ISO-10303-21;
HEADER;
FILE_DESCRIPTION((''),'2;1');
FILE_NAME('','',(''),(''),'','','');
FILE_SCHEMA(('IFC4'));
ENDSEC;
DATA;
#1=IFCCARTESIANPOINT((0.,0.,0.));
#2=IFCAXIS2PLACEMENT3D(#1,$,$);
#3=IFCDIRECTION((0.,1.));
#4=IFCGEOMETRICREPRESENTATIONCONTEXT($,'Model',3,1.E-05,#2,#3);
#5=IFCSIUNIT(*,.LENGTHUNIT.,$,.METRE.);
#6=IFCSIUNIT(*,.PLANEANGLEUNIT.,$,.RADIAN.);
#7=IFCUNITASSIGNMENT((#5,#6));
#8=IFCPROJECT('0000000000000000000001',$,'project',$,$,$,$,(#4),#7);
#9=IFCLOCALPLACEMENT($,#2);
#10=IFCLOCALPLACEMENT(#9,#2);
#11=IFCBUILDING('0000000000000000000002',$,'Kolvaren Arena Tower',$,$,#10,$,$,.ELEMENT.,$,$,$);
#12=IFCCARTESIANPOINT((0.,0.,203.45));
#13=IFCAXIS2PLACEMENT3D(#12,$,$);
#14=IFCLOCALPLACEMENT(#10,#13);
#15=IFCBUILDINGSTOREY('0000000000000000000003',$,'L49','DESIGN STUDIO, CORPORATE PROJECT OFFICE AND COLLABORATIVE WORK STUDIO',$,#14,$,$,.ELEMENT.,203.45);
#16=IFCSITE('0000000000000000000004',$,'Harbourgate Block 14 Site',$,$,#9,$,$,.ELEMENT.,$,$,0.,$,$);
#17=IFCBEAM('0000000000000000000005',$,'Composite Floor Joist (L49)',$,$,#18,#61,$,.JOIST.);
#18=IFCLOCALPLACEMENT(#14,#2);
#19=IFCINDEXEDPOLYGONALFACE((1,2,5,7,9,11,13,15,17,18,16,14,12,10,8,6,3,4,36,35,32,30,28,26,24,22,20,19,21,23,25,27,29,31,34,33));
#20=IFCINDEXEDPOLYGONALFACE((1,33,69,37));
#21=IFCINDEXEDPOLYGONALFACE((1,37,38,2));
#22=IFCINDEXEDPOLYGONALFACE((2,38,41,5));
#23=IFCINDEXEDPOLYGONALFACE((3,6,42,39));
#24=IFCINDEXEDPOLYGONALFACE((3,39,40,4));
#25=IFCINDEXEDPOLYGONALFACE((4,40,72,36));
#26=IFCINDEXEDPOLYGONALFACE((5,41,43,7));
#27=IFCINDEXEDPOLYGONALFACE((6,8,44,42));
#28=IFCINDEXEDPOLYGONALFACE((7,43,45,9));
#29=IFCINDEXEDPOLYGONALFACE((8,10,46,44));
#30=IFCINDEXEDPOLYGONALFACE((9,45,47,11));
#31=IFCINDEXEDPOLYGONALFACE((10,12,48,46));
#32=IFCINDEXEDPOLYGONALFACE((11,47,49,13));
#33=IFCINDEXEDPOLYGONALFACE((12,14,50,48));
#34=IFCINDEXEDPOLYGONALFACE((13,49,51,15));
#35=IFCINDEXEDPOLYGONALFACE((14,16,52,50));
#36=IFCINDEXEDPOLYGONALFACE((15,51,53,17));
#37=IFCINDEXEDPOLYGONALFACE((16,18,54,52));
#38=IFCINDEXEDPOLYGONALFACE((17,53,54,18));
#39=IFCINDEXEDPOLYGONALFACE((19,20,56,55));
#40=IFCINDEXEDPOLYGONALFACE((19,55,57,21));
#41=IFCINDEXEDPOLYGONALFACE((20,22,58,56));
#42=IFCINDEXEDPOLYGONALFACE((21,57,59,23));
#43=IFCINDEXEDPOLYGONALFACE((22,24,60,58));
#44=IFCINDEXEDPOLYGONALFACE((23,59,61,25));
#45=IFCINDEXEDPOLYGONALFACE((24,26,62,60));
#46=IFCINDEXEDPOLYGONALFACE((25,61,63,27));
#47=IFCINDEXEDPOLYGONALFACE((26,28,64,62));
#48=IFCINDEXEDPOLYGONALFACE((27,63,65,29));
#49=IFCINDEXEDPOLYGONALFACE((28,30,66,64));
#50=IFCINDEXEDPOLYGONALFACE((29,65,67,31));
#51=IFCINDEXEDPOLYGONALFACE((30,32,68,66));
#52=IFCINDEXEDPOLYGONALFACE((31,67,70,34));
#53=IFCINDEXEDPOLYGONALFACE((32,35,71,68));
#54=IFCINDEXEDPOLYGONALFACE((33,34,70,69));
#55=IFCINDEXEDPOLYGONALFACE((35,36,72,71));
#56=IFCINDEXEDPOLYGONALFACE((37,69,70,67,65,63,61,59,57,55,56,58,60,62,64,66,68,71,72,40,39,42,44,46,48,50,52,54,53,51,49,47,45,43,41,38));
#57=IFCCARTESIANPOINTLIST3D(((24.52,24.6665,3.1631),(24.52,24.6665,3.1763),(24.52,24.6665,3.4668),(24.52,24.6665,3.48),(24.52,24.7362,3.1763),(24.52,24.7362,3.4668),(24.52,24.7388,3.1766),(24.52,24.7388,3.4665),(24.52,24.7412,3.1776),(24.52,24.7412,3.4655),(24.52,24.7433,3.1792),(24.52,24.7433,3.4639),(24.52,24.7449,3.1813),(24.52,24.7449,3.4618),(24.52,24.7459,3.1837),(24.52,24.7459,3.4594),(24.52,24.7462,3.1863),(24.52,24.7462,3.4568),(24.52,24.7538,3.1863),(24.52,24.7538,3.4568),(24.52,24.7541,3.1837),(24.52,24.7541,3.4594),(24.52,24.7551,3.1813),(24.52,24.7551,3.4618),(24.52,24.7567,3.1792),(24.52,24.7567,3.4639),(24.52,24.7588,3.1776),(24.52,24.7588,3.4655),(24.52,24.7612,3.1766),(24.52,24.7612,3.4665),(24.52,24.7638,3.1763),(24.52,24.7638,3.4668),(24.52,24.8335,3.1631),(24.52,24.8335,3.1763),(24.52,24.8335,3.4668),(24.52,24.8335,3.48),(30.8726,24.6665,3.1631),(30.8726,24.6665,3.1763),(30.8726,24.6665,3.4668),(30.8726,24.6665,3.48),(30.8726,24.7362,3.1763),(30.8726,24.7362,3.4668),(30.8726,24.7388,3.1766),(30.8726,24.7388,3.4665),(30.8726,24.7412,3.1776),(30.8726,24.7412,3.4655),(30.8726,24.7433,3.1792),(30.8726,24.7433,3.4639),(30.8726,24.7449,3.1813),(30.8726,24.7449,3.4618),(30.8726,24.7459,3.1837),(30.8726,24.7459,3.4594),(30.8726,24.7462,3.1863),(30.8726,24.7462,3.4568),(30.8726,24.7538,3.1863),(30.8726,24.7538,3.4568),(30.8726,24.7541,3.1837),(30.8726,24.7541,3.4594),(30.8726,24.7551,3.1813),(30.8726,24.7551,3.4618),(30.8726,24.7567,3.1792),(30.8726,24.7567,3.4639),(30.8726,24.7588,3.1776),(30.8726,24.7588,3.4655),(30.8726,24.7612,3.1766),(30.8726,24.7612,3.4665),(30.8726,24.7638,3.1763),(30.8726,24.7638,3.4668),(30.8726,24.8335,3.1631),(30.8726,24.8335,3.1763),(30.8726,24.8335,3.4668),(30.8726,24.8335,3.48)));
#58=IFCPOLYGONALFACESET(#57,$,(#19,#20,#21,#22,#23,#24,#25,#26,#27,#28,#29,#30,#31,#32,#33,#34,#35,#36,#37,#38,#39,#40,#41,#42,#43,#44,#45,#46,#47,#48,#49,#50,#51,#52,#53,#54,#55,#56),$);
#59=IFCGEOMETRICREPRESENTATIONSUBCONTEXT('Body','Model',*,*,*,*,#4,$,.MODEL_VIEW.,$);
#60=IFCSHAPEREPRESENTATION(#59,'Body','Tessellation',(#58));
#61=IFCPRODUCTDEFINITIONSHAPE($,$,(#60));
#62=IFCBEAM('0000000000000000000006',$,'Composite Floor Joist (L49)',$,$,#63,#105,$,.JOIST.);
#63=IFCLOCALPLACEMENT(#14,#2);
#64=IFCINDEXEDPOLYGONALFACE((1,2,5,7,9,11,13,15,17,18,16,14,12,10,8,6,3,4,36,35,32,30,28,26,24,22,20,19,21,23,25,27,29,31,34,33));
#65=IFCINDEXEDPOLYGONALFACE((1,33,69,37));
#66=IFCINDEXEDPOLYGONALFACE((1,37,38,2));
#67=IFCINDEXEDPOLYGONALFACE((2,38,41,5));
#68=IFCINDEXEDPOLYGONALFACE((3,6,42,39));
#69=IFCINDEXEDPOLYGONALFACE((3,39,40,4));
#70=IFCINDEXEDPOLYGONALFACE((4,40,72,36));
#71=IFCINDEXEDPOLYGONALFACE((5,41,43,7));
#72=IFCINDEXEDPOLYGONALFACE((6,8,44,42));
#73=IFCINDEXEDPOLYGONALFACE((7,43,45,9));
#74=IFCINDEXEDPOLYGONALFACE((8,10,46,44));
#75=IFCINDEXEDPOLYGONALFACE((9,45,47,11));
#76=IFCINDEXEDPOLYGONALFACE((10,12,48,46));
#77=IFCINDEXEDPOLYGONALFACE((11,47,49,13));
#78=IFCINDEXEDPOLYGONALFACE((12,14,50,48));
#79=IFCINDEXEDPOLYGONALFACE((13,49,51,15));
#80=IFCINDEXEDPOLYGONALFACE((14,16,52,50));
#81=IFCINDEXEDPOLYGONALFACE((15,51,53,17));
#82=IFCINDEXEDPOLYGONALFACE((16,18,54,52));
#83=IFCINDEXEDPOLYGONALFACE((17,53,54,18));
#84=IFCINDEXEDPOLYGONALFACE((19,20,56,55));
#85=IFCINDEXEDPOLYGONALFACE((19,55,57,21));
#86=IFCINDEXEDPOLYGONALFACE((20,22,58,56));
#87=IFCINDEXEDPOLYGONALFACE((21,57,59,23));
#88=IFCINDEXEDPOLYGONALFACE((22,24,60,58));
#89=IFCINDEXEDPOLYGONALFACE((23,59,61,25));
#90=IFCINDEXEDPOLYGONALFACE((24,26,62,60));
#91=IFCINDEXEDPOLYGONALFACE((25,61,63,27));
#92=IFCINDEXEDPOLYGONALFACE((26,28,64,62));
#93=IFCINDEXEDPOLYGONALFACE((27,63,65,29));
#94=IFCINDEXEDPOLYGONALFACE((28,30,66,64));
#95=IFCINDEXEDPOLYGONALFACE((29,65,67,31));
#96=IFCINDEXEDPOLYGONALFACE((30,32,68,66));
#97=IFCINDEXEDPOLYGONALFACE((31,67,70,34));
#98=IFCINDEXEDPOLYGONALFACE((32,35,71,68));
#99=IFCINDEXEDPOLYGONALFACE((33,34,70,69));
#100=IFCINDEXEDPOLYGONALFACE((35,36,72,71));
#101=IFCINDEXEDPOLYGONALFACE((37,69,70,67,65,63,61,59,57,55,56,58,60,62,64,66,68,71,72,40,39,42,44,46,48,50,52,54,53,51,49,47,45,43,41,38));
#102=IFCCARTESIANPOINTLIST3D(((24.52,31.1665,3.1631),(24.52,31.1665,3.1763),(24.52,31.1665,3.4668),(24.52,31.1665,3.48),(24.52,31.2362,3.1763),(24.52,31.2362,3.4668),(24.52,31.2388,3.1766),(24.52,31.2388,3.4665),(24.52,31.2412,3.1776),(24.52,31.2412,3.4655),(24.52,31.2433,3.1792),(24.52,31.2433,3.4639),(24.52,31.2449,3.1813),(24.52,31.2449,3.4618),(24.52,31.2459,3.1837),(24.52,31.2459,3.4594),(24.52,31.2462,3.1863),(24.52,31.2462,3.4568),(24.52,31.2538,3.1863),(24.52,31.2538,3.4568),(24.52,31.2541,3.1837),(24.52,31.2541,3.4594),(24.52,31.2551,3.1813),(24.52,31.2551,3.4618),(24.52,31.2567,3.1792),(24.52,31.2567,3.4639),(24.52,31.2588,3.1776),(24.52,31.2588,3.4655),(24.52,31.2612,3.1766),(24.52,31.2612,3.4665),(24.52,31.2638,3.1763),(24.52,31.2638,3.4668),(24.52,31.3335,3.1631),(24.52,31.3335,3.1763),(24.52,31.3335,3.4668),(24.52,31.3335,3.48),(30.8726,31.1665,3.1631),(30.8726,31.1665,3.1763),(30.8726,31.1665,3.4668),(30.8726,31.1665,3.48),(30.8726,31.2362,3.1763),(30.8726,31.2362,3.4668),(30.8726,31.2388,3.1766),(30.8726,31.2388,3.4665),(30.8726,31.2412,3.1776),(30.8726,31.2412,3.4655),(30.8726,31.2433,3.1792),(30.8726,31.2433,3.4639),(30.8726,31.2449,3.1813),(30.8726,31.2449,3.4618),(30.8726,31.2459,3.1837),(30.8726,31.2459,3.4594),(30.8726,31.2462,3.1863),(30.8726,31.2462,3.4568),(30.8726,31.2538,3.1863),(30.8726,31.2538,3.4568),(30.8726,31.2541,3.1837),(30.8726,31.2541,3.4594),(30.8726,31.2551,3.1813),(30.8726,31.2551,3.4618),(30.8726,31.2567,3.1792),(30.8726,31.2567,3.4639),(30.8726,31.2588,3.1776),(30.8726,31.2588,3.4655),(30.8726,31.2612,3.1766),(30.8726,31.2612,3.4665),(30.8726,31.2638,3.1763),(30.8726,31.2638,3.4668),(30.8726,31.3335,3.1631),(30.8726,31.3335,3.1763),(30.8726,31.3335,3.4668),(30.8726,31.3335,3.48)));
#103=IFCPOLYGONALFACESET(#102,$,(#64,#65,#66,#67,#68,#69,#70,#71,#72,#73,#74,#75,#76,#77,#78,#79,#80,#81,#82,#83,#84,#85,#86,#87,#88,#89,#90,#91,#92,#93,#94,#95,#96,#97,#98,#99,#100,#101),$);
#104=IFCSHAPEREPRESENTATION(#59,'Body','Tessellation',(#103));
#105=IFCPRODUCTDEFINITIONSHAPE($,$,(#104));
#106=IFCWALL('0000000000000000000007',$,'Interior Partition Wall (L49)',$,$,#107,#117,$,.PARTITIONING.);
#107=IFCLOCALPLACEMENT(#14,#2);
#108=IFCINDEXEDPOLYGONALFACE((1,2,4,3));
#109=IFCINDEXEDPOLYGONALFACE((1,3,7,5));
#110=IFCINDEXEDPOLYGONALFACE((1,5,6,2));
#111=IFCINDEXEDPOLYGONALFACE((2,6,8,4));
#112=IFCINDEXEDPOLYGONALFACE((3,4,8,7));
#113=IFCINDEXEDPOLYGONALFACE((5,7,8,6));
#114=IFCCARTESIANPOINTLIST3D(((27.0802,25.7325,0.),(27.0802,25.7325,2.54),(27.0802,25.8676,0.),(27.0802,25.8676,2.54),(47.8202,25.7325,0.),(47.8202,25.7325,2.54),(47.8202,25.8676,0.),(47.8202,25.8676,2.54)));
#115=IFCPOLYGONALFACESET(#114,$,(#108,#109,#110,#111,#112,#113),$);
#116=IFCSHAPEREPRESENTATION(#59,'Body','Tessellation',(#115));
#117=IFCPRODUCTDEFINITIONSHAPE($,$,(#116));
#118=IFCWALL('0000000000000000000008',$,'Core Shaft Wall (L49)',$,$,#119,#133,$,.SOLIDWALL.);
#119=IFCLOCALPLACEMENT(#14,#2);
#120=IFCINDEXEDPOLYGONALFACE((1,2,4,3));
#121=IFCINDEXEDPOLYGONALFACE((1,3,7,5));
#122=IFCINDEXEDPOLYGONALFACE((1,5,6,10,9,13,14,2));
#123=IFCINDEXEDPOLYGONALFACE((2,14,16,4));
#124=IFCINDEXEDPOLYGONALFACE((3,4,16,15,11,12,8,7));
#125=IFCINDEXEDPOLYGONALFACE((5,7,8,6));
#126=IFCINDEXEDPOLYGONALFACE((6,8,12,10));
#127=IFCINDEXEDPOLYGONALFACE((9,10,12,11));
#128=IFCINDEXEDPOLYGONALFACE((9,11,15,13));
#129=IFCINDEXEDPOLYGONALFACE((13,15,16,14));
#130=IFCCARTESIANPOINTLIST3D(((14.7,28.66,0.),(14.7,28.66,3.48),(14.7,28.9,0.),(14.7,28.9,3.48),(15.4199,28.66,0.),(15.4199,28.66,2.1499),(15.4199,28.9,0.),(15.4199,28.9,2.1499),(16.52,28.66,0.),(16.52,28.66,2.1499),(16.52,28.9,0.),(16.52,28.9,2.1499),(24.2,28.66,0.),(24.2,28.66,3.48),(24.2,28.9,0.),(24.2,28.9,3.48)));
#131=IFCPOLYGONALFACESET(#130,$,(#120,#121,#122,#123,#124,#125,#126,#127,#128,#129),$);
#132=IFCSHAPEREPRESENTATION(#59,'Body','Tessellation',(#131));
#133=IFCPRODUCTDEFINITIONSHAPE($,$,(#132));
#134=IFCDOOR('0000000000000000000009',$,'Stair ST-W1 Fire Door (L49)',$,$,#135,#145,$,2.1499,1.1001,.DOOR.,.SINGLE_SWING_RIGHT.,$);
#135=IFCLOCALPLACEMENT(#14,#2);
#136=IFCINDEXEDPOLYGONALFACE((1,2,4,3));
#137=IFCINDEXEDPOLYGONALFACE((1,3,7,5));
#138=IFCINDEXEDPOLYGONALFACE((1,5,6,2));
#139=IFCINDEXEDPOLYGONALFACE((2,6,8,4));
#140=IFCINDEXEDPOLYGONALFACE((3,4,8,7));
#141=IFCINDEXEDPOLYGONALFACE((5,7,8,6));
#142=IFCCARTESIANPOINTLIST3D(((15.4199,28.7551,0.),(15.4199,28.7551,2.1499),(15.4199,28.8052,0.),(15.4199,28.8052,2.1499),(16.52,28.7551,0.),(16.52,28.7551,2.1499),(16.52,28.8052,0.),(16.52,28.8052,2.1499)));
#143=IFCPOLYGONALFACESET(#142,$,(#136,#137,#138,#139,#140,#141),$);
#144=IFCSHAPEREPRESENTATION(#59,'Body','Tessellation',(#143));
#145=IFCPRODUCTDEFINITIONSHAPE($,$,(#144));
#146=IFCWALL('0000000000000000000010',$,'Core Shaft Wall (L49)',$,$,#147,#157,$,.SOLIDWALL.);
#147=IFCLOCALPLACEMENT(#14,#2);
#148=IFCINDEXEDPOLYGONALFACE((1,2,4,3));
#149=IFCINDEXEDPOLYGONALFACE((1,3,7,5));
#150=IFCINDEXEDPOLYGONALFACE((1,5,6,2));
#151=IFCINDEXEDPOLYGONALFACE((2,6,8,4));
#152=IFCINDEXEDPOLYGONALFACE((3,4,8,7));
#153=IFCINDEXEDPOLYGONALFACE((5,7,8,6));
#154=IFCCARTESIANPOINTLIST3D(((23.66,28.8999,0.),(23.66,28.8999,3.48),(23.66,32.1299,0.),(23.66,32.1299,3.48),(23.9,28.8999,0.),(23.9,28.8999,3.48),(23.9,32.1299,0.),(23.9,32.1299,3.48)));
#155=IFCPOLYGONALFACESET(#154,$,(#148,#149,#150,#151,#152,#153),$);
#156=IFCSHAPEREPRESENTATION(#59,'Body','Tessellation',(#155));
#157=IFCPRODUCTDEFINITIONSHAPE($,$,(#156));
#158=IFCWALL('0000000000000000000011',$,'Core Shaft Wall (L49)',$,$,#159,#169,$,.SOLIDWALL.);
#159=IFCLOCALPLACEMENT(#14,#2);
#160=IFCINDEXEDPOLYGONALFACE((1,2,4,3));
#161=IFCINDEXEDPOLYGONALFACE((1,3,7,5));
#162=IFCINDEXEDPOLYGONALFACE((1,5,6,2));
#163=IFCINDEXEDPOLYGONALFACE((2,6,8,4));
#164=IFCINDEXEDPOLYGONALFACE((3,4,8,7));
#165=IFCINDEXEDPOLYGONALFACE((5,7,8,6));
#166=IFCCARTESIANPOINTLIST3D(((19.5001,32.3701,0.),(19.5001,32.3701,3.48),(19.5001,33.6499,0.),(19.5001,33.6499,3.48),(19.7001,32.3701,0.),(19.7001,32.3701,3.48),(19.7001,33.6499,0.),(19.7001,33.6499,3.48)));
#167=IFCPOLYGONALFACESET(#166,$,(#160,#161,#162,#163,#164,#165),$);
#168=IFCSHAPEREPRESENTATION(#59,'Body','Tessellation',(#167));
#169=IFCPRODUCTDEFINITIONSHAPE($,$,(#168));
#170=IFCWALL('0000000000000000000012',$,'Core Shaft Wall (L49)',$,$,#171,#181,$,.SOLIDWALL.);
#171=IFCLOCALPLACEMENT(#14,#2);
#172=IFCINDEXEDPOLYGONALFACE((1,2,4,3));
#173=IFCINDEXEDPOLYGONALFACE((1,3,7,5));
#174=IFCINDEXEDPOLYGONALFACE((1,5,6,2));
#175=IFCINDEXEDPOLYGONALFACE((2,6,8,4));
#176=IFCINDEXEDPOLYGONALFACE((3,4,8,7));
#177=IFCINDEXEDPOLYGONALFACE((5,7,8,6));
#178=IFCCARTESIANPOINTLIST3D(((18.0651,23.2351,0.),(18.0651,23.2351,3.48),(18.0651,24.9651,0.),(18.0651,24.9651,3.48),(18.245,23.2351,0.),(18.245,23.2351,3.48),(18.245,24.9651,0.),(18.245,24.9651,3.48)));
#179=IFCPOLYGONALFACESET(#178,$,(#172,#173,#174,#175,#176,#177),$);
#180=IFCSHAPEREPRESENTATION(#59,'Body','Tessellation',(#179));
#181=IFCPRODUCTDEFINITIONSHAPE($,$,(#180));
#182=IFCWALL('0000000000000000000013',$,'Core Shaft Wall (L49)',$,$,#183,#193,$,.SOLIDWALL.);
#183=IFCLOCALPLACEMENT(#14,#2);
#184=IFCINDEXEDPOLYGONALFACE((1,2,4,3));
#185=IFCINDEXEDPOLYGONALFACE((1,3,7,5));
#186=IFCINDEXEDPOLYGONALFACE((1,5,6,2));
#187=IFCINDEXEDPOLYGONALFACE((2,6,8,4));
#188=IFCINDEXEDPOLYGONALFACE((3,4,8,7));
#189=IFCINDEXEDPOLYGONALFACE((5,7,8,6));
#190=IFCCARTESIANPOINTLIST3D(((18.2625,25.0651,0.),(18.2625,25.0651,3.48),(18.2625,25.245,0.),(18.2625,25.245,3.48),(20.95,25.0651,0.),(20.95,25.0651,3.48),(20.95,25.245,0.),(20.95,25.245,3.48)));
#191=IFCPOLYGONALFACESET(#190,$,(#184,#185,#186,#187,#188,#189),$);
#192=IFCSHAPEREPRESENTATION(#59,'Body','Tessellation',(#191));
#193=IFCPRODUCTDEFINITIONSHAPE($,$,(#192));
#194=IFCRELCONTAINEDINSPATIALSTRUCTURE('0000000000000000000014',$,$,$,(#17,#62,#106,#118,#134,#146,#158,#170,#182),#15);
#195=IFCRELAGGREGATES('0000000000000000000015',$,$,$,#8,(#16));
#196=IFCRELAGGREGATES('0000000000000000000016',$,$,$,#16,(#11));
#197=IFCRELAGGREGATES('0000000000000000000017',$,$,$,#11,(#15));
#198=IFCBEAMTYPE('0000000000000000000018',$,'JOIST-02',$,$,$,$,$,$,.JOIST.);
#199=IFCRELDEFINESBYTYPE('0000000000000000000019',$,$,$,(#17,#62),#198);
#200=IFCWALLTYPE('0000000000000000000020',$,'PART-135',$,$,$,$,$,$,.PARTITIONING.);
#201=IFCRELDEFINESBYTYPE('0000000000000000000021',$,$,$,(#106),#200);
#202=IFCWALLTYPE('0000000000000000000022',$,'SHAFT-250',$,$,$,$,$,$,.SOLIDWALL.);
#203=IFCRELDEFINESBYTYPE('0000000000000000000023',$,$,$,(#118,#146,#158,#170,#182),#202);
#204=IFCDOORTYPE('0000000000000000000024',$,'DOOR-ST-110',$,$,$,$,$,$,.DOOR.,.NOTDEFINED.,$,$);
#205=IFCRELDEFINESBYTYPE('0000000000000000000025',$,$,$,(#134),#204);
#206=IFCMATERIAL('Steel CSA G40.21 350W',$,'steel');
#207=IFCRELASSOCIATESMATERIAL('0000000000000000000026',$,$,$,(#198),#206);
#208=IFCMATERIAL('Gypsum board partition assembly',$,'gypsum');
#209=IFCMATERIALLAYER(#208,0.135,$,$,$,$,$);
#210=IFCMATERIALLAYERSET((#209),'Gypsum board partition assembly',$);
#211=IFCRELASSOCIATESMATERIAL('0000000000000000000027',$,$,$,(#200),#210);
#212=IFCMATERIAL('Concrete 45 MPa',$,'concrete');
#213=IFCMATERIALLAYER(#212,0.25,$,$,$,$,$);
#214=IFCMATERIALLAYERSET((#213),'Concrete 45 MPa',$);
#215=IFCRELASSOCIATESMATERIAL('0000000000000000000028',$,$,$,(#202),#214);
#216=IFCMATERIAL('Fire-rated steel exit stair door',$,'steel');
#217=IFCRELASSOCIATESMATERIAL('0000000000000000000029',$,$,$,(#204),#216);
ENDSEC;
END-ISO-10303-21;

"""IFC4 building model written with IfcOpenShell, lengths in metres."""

from ifc_helpers import new_model, si_unit, direction, frame, frame_2d, origin, origin_2d, place, context, subcontext, project, spatial, rectangle, i_section, extrude, material, layer, layer_set, material_profile, profile_set, type_object, element, fill, save


model = new_model("IFC4")

# Units and contexts
model_context = context("Model", 3, precision=1e-05, world=origin(), true_north=direction((0.0, 1.0)))
body_context = subcontext(model_context, "Body", "Model", "MODEL_VIEW")
ifc_project = project(units=[si_unit("LENGTHUNIT", "METRE"), si_unit("PLANEANGLEUNIT", "RADIAN")], contexts=[model_context])

# Site, building, storey
site_placement = place(None, origin())
site = spatial("IfcSite", under=ifc_project, at=site_placement, Name="Harbourgate Block 14 Site", CompositionType="ELEMENT", RefElevation=0.0)
building_placement = place(site_placement, origin())
building = spatial("IfcBuilding", under=site, at=building_placement, Name="Kolvaren Arena Tower", CompositionType="ELEMENT")
storey_placement = place(building_placement, frame((0.0, 0.0, 203.45)))
storey = spatial("IfcBuildingStorey", under=building, at=storey_placement, Name="L49", Description="DESIGN STUDIO, CORPORATE PROJECT OFFICE AND COLLABORATIVE WORK STUDIO", CompositionType="ELEMENT", Elevation=203.45)

# Beams
ifc_material_1 = material(Name="Steel CSA G40.21 350W", Category="steel")
ifc_material_profile_1 = material_profile(ifc_material_1, i_section(OverallWidth=0.167, OverallDepth=0.3169, WebThickness=0.0076, FlangeThickness=0.0132, FilletRadius=0.01, at=origin_2d()), Name="W310x52")
ifc_profile_set_1 = profile_set([ifc_material_profile_1], Name="Steel CSA G40.21 350W")
beam_type_1 = type_object("IfcBeamType", Name="JOIST-02", PredefinedType="JOIST", material=ifc_profile_set_1)
for number, where, z_axis, x_axis, name in (
    (1, (24.52, 24.75, 3.3215), (1.0, 0.0, 0.0), (0.0, 1.0, 0.0), "Composite Floor Joist (L49)"),
    (2, (24.52, 31.25, 3.3215), (1.0, 0.0, 0.0), (0.0, 1.0, 0.0), "Composite Floor Joist (L49)"),
):
    element("IfcBeam", number, at=place(storey_placement, frame(where, z_axis=z_axis, x_axis=x_axis)), inside=storey, type_object=beam_type_1, Name=name, PredefinedType="JOIST", context=body_context, shape_type="SweptSolid", body=[
        extrude(i_section(OverallWidth=0.167, OverallDepth=0.3169, WebThickness=0.0076, FlangeThickness=0.0132, FilletRadius=0.01, at=origin_2d()), origin(), (0.0, 0.0, 1.0), 6.3525),
    ])

# Wall
ifc_material_2 = material(Name="Gypsum board partition assembly", Category="gypsum")
ifc_layer_1 = layer(ifc_material_2, 0.135)
ifc_layer_set_1 = layer_set([ifc_layer_1], Name="Gypsum board partition assembly")
wall_type_1 = type_object("IfcWallType", Name="PART-135", PredefinedType="PARTITIONING", material=ifc_layer_set_1)
wall_1_placement = place(storey_placement, frame((27.0801, 25.8, 0.0), z_axis=(0.0, 0.0, 1.0), x_axis=(1.0, 0.0, 0.0)))
element("IfcWall", 3, at=wall_1_placement, inside=storey, type_object=wall_type_1, Name="Interior Partition Wall (L49)", PredefinedType="PARTITIONING", context=body_context, shape_type="SweptSolid", body=[
    extrude(rectangle(XDim=20.74, YDim=0.135, at=frame_2d((10.3701, 0.0))), origin(), (0.0, 0.0, 1.0), 2.54),
])

# Wall, opening, door
ifc_material_3 = material(Name="Concrete 45 MPa", Category="concrete")
ifc_layer_2 = layer(ifc_material_3, 0.25)
ifc_layer_set_2 = layer_set([ifc_layer_2], Name="Concrete 45 MPa")
wall_type_2 = type_object("IfcWallType", Name="SHAFT-250", PredefinedType="SOLIDWALL", material=ifc_layer_set_2)
wall_2_placement = place(storey_placement, frame((24.2, 28.78, 0.0), z_axis=(0.0, 0.0, 1.0), x_axis=(-1.0, 0.0, 0.0)))
wall_2 = element("IfcWall", 4, at=wall_2_placement, inside=storey, type_object=wall_type_2, Name="Core Shaft Wall (L49)", PredefinedType="SOLIDWALL", context=body_context, shape_type="SweptSolid", body=[
    extrude(rectangle(XDim=9.5, YDim=0.24, at=frame_2d((4.75, 0.0))), origin(), (0.0, 0.0, 1.0), 3.48),
])
opening_placement = place(wall_2_placement, frame((7.6799, 0.0, 0.0)))
opening = element("IfcOpeningElement", 5, at=opening_placement, cuts=wall_2, PredefinedType="OPENING", context=body_context, shape_type="SweptSolid", body=[
    extrude(rectangle(XDim=1.1001, YDim=2.1499, at=frame_2d((0.55, 1.075))), frame((0.0, 0.1299, 0.0), z_axis=(0.0, -1.0, 0.0), x_axis=(1.0, 0.0, 0.0)), (0.0, 0.0, 1.0), 0.26),
])
ifc_material_4 = material(Name="Fire-rated steel exit stair door", Category="steel")
door_type = type_object("IfcDoorType", Name="DOOR-ST-110", OperationType="NOTDEFINED", PredefinedType="DOOR", material=ifc_material_4)
door_placement = place(opening_placement, origin())
door = element("IfcDoor", 6, at=door_placement, inside=storey, type_object=door_type, Name="Stair ST-W1 Fire Door (L49)", OperationType="SINGLE_SWING_RIGHT", OverallHeight=2.1499, OverallWidth=1.1001, PredefinedType="DOOR", context=body_context, shape_type="SweptSolid", body=[
    extrude(rectangle(XDim=1.1001, YDim=2.1499, at=frame_2d((0.55, 1.075))), frame((0.0, 0.0249, 0.0), z_axis=(0.0, -1.0, 0.0), x_axis=(1.0, 0.0, 0.0)), (0.0, 0.0, 1.0), 0.05),
])
fill(opening, door)

# Walls
wall_3_placement = place(storey_placement, frame((23.78, 28.8999, 0.0), z_axis=(0.0, 0.0, 1.0), x_axis=(0.0, 1.0, 0.0)))
element("IfcWall", 7, at=wall_3_placement, inside=storey, type_object=wall_type_2, Name="Core Shaft Wall (L49)", PredefinedType="SOLIDWALL", context=body_context, shape_type="SweptSolid", body=[
    extrude(rectangle(XDim=3.23, YDim=0.24, at=frame_2d((1.615, 0.0))), origin(), (0.0, 0.0, 1.0), 3.48),
])
wall_4_placement = place(storey_placement, frame((19.6001, 32.3701, 0.0), z_axis=(0.0, 0.0, 1.0), x_axis=(0.0, 1.0, 0.0)))
element("IfcWall", 8, at=wall_4_placement, inside=storey, type_object=wall_type_2, Name="Core Shaft Wall (L49)", PredefinedType="SOLIDWALL", context=body_context, shape_type="SweptSolid", body=[
    extrude(rectangle(XDim=1.2798, YDim=0.2, at=frame_2d((0.6399, 0.0))), origin(), (0.0, 0.0, 1.0), 3.48),
])
wall_5_placement = place(storey_placement, frame((18.155, 23.2351, 0.0), z_axis=(0.0, 0.0, 1.0), x_axis=(0.0, 1.0, 0.0)))
element("IfcWall", 9, at=wall_5_placement, inside=storey, type_object=wall_type_2, Name="Core Shaft Wall (L49)", PredefinedType="SOLIDWALL", context=body_context, shape_type="SweptSolid", body=[
    extrude(rectangle(XDim=1.73, YDim=0.1799, at=frame_2d((0.865, 0.0))), origin(), (0.0, 0.0, 1.0), 3.48),
])
wall_6_placement = place(storey_placement, frame((18.2625, 25.155, 0.0), z_axis=(0.0, 0.0, 1.0), x_axis=(1.0, 0.0, 0.0)))
element("IfcWall", 10, at=wall_6_placement, inside=storey, type_object=wall_type_2, Name="Core Shaft Wall (L49)", PredefinedType="SOLIDWALL", context=body_context, shape_type="SweptSolid", body=[
    extrude(rectangle(XDim=2.6875, YDim=0.1799, at=frame_2d((1.3438, 0.0))), origin(), (0.0, 0.0, 1.0), 3.48),
])

save(model, "model.ifc")
